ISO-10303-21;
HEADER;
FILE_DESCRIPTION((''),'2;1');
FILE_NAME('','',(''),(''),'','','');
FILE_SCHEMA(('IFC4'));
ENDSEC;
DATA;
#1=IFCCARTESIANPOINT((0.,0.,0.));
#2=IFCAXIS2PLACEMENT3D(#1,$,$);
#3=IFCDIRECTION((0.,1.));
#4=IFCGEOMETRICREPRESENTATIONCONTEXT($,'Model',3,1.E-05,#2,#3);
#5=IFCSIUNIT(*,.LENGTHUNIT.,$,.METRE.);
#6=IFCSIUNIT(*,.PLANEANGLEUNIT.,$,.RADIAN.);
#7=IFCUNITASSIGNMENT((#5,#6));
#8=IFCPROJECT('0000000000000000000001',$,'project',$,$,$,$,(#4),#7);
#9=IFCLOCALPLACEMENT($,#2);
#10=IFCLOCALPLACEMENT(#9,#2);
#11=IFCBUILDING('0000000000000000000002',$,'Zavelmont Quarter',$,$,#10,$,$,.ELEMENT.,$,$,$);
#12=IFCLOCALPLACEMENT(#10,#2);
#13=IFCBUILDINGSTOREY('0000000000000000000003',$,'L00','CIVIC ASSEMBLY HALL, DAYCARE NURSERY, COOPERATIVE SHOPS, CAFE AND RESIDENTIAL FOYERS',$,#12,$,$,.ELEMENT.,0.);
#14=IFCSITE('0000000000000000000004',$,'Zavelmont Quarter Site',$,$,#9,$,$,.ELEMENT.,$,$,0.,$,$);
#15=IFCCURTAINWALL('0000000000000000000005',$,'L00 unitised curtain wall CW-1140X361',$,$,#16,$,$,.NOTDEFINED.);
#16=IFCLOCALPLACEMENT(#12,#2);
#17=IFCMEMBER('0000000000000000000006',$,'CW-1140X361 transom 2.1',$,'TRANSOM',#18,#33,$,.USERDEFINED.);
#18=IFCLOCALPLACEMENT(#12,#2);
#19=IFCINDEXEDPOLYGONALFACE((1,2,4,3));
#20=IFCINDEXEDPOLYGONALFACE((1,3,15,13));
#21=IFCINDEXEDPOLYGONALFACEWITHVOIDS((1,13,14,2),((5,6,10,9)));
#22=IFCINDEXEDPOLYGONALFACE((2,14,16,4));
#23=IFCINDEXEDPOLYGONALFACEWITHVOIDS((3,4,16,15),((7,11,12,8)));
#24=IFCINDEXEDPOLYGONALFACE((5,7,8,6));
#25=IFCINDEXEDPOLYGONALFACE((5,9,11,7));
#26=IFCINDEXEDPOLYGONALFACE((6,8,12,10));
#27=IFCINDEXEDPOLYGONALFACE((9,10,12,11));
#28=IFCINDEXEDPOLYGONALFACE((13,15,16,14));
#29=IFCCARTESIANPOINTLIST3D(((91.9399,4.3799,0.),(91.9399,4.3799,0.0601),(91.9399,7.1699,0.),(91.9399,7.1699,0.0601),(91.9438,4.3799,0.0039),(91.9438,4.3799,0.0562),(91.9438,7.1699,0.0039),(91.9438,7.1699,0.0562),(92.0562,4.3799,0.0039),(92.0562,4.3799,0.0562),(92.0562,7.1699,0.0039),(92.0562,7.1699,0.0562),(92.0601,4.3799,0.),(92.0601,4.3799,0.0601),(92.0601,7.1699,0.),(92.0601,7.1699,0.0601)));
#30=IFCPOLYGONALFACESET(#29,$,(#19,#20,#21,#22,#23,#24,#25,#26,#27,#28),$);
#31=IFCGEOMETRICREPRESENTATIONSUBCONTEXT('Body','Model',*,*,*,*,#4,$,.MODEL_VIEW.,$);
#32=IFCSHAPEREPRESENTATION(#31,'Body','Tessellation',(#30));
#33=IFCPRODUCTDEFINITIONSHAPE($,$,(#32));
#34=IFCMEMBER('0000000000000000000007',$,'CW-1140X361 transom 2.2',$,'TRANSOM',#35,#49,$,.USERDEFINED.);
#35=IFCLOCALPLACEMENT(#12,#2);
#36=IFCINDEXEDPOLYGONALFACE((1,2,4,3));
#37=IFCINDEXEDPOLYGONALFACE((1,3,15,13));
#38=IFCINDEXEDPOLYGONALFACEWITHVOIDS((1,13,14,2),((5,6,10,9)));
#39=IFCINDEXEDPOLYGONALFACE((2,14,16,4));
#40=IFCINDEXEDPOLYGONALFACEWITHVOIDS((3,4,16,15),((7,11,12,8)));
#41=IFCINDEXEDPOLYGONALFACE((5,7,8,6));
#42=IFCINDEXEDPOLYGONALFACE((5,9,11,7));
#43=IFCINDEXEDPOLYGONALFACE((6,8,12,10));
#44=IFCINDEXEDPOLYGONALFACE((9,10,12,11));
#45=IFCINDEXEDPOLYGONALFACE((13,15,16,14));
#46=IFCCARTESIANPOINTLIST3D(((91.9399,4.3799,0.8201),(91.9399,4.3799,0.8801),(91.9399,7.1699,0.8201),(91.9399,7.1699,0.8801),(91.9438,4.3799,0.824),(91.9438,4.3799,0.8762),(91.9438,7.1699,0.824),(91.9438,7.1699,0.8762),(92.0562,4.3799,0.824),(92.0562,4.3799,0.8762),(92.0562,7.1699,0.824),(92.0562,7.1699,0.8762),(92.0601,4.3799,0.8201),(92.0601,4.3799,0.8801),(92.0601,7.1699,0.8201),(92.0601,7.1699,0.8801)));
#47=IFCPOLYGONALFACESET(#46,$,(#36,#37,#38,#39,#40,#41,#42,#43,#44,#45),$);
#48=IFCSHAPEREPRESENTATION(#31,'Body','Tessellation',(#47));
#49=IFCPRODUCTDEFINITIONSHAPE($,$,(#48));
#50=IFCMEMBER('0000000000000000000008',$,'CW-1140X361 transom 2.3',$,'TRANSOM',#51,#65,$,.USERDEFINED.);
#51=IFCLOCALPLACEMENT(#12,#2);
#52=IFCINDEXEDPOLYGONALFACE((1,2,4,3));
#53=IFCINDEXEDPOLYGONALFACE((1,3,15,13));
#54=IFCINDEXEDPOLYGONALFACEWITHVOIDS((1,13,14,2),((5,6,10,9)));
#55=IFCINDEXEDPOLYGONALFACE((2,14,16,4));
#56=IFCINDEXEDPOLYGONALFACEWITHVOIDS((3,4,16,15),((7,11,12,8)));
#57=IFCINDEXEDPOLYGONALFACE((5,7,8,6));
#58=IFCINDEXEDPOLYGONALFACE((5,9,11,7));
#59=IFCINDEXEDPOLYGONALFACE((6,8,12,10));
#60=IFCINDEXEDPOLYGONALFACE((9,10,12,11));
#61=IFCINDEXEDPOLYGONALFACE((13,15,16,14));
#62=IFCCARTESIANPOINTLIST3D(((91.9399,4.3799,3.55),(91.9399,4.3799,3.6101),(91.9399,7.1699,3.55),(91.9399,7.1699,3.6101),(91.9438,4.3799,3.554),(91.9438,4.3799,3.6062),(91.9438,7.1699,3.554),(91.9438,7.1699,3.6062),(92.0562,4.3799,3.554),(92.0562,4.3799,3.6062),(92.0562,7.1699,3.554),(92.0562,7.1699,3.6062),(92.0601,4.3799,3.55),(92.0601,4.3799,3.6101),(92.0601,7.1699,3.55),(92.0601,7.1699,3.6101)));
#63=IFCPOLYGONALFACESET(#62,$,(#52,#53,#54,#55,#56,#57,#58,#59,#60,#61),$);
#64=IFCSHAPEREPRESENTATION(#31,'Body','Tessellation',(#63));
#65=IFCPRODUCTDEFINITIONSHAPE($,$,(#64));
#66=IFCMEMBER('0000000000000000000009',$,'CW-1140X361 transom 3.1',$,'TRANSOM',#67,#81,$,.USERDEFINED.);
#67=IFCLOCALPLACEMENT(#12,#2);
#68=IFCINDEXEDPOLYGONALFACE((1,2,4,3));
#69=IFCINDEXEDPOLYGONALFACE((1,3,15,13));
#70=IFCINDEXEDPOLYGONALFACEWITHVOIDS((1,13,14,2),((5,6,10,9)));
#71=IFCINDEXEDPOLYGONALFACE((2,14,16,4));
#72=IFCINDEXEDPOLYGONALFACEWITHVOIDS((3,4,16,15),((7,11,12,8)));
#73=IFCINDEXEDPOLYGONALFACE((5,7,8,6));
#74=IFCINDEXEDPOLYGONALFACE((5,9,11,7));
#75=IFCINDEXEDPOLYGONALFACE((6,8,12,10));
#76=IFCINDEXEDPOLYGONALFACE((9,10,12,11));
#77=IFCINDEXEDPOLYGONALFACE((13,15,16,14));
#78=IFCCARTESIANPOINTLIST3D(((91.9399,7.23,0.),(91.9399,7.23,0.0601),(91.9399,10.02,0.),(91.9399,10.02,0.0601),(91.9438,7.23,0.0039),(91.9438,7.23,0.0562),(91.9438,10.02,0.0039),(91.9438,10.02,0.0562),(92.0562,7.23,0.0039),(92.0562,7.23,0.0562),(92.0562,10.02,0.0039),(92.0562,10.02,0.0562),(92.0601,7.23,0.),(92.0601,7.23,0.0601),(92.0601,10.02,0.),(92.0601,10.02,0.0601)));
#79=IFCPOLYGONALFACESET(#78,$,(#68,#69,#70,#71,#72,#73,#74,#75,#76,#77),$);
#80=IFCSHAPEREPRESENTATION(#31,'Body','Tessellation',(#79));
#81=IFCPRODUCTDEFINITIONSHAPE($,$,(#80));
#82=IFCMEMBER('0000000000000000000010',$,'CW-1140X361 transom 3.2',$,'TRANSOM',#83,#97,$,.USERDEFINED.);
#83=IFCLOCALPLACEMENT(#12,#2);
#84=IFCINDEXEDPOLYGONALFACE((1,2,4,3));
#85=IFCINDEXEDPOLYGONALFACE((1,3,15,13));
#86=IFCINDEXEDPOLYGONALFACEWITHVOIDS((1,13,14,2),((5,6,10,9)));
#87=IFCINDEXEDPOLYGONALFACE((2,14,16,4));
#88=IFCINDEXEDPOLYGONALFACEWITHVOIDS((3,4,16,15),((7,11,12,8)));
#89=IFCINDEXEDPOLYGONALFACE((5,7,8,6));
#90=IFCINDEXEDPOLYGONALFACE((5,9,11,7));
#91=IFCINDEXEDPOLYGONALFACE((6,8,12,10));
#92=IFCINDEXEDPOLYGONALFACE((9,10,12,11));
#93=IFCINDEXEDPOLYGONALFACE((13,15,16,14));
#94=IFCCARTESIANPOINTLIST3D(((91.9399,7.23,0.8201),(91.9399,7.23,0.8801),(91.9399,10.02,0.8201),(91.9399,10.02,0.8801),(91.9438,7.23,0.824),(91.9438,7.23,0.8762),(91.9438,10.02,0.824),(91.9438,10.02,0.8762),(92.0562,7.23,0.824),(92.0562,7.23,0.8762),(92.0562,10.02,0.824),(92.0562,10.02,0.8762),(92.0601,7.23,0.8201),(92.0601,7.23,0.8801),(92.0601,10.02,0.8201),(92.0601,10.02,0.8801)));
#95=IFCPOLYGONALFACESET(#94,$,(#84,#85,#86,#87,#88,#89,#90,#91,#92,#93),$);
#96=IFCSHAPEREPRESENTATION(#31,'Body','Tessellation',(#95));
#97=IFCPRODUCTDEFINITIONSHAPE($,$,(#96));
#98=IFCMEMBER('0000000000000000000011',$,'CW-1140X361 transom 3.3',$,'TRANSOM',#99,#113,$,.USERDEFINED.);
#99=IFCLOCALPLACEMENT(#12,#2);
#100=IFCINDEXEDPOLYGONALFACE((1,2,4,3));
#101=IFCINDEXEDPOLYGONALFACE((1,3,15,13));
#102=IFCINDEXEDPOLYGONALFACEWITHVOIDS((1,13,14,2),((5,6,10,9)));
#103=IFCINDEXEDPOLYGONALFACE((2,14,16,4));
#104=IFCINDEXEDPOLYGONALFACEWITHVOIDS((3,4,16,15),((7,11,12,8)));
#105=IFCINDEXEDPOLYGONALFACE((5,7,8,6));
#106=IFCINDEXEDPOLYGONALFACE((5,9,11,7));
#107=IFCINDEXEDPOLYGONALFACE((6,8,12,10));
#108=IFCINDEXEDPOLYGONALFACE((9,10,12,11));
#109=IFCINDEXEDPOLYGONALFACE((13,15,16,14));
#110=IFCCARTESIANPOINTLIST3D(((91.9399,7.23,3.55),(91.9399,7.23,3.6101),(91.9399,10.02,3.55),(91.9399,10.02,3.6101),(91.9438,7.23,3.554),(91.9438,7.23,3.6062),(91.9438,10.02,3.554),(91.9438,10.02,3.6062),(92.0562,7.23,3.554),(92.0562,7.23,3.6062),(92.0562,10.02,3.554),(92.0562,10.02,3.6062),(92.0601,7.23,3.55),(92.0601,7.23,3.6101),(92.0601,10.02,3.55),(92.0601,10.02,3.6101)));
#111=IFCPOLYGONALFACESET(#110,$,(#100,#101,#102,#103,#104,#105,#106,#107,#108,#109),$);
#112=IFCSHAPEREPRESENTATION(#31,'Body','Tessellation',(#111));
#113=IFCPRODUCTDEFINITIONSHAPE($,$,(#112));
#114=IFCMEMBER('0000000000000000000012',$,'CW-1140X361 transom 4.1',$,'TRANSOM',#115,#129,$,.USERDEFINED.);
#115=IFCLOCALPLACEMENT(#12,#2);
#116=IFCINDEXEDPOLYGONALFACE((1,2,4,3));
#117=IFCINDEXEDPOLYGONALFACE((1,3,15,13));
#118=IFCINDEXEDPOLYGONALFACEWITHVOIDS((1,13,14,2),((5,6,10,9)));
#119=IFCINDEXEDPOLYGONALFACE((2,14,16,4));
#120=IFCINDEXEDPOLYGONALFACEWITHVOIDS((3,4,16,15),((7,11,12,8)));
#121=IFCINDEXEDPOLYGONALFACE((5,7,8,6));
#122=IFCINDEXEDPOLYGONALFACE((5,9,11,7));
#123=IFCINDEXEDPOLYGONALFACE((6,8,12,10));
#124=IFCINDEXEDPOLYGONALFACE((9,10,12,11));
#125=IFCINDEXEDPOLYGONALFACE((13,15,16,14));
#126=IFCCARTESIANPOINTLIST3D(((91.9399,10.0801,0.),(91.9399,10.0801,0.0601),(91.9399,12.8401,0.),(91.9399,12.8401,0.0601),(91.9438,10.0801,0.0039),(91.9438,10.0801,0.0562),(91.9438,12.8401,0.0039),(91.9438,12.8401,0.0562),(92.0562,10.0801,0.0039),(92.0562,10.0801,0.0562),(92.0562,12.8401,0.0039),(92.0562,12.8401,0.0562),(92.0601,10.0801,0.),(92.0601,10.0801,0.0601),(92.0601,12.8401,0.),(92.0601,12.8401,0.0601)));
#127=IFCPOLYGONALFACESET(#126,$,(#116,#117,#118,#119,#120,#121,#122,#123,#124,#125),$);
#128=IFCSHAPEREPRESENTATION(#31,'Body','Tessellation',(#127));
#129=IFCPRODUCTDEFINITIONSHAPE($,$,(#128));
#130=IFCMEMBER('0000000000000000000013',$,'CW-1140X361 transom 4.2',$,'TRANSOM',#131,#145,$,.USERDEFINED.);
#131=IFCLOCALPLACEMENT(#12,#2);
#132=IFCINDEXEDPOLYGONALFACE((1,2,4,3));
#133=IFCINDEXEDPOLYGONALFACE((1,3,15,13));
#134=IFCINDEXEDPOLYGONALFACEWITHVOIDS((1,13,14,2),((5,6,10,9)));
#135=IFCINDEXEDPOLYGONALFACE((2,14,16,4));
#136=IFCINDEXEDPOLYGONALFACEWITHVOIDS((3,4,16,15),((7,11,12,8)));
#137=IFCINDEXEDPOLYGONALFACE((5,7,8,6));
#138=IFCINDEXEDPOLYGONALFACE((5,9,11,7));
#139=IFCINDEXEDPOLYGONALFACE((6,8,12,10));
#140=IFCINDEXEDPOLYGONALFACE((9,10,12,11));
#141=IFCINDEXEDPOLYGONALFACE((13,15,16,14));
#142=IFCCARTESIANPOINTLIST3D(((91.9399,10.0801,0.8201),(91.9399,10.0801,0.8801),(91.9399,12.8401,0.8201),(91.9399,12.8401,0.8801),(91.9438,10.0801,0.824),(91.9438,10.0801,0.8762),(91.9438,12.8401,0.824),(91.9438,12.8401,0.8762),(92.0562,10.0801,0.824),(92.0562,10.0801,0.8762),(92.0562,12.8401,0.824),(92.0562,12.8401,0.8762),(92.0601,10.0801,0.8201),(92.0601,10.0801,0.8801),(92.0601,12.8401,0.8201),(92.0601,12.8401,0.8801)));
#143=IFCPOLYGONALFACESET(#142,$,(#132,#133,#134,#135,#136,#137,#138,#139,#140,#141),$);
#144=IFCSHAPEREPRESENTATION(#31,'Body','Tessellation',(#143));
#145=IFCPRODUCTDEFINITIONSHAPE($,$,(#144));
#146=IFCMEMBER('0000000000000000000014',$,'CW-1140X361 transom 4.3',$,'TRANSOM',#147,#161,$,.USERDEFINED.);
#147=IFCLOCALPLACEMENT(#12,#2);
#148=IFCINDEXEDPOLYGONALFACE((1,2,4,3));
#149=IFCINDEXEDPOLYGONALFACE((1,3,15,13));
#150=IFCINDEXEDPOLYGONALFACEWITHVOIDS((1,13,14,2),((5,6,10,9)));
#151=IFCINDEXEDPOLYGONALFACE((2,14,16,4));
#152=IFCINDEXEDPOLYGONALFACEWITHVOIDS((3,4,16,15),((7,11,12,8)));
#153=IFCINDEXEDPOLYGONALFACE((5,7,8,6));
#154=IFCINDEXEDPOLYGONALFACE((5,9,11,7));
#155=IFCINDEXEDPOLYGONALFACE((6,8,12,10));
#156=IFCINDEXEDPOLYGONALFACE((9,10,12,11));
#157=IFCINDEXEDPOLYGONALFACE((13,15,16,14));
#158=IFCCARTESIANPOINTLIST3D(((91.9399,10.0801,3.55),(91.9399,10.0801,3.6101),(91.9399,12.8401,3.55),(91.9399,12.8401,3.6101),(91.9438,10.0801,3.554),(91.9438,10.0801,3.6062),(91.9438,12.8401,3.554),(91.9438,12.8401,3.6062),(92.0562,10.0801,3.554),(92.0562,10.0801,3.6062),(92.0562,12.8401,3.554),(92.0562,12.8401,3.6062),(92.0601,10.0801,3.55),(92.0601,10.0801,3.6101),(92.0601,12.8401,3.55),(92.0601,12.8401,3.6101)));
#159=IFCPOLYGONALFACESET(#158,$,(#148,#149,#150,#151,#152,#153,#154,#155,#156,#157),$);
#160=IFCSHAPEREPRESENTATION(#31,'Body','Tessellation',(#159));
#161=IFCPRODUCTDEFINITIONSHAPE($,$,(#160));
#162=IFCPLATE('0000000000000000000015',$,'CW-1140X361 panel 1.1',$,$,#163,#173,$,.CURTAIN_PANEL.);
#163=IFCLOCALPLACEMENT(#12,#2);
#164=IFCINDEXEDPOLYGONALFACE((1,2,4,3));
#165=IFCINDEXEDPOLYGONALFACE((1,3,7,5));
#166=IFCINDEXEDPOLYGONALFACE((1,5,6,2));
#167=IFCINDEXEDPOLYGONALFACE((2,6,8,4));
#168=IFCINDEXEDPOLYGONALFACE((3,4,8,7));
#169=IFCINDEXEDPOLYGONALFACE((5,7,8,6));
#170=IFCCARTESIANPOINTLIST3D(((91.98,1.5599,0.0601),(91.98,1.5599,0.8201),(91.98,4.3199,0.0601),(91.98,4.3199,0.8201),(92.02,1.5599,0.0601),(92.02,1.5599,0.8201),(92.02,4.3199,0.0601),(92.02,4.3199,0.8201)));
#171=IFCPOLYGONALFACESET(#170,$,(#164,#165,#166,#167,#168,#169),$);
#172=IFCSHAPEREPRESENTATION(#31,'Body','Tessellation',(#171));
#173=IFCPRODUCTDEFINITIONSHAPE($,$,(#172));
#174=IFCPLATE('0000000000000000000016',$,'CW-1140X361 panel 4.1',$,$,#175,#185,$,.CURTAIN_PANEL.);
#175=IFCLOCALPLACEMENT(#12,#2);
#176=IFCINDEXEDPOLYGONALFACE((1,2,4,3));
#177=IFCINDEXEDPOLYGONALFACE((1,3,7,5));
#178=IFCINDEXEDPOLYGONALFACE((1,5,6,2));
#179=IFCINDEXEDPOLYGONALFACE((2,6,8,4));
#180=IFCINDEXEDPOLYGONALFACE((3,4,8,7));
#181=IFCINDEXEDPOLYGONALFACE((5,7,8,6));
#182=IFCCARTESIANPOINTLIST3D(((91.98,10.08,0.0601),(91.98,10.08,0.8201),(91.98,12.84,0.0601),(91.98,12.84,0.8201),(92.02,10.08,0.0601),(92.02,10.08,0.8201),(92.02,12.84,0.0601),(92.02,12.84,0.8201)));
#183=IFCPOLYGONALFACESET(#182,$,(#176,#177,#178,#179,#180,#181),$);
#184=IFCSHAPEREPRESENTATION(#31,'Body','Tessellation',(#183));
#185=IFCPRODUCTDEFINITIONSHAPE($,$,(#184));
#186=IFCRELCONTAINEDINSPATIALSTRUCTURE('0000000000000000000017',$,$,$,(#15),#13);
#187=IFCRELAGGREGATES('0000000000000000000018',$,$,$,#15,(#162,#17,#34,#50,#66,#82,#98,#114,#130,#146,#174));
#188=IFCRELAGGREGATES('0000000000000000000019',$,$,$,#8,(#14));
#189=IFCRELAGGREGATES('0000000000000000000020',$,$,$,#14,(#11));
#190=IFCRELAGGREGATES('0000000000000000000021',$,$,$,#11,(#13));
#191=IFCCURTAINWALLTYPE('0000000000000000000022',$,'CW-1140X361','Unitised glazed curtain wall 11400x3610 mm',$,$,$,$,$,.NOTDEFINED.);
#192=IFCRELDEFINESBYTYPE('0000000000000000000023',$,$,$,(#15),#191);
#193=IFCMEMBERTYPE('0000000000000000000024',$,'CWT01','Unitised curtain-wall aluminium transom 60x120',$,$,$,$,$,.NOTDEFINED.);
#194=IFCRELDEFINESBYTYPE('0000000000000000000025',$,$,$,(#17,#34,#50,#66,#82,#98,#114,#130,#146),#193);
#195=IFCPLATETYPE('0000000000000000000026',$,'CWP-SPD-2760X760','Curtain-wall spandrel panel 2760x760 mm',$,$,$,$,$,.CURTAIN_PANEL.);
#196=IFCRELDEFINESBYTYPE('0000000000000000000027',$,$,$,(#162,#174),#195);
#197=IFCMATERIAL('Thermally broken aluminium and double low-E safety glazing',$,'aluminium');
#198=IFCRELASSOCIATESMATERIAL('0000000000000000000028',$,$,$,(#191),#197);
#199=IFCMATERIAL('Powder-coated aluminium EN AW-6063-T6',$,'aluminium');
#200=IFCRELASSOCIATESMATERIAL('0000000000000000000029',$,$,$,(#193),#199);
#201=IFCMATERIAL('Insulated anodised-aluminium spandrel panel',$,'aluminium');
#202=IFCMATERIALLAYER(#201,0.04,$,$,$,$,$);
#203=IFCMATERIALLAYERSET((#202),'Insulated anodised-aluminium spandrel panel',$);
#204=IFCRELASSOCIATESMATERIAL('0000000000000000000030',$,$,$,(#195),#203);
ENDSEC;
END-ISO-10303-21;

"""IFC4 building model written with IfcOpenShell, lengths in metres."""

from ifc_helpers import new_model, si_unit, direction, frame, origin, origin_2d, place, context, subcontext, project, spatial, rectangle, hollow_rectangle, extrude, material, layer, layer_set, material_profile, profile_set, type_object, element, aggregate, save


model = new_model("IFC4")

# Units and contexts
model_context = context("Model", 3, precision=1e-05, world=origin(), true_north=direction((0.0, 1.0)))
body_context = subcontext(model_context, "Body", "Model", "MODEL_VIEW")
ifc_project = project(units=[si_unit("LENGTHUNIT", "METRE"), si_unit("PLANEANGLEUNIT", "RADIAN")], contexts=[model_context])

# Site, building, storey
site_placement = place(None, origin())
site = spatial("IfcSite", under=ifc_project, at=site_placement, Name="Zavelmont Quarter Site", CompositionType="ELEMENT", RefElevation=0.0)
building_placement = place(site_placement, origin())
building = spatial("IfcBuilding", under=site, at=building_placement, Name="Zavelmont Quarter", CompositionType="ELEMENT")
storey_placement = place(building_placement, origin())
storey = spatial("IfcBuildingStorey", under=building, at=storey_placement, Name="L00", Description="CIVIC ASSEMBLY HALL, DAYCARE NURSERY, COOPERATIVE SHOPS, CAFE AND RESIDENTIAL FOYERS", CompositionType="ELEMENT", Elevation=0.0)

# Shared definitions
ifc_material_1 = material(Name="Thermally broken aluminium and double low-E safety glazing", Category="aluminium")
ifc_material_2 = material(Name="Powder-coated aluminium EN AW-6063-T6", Category="aluminium")

# Curtain wall, members, plates
curtain_wall_type_1 = type_object("IfcCurtainWallType", Name="CW-1140X361", Description="Unitised glazed curtain wall 11400x3610 mm", PredefinedType="NOTDEFINED", material=ifc_material_1)
curtain_wall_1_placement = place(storey_placement, origin())
curtain_wall_1 = element("IfcCurtainWall", 1, at=curtain_wall_1_placement, inside=storey, type_object=curtain_wall_type_1, Name="L00 unitised curtain wall CW-1140X361", PredefinedType="NOTDEFINED")
ifc_material_profile_1 = material_profile(ifc_material_2, hollow_rectangle(XDim=0.1201, YDim=0.0601, WallThickness=0.0039, at=origin_2d()), Name="CWT60X120")
ifc_profile_set_1 = profile_set([ifc_material_profile_1], Name="Powder-coated aluminium EN AW-6063-T6")
member_type_1 = type_object("IfcMemberType", Name="CWT01", Description="Unitised curtain-wall aluminium transom 60x120", PredefinedType="NOTDEFINED", material=ifc_profile_set_1)
member_1_placement = place(storey_placement, frame((92.0, 4.3799, 0.03), z_axis=(0.0, 1.0, 0.0), x_axis=(-1.0, 0.0, 0.0)))
member_1 = element("IfcMember", 2, at=member_1_placement, type_object=member_type_1, Name="CW-1140X361 transom 2.1", ObjectType="TRANSOM", PredefinedType="USERDEFINED", context=body_context, shape_type="SweptSolid", body=[
    extrude(hollow_rectangle(XDim=0.1201, YDim=0.0601, WallThickness=0.0039, at=origin_2d()), origin(), (0.0, 0.0, 1.0), 2.79),
])
member_2_placement = place(storey_placement, frame((92.0, 4.3799, 0.8501), z_axis=(0.0, 1.0, 0.0), x_axis=(-1.0, 0.0, 0.0)))
member_2 = element("IfcMember", 3, at=member_2_placement, type_object=member_type_1, Name="CW-1140X361 transom 2.2", ObjectType="TRANSOM", PredefinedType="USERDEFINED", context=body_context, shape_type="SweptSolid", body=[
    extrude(hollow_rectangle(XDim=0.1201, YDim=0.0601, WallThickness=0.0039, at=origin_2d()), origin(), (0.0, 0.0, 1.0), 2.79),
])
member_3_placement = place(storey_placement, frame((92.0, 4.3799, 3.5801), z_axis=(0.0, 1.0, 0.0), x_axis=(-1.0, 0.0, 0.0)))
member_3 = element("IfcMember", 4, at=member_3_placement, type_object=member_type_1, Name="CW-1140X361 transom 2.3", ObjectType="TRANSOM", PredefinedType="USERDEFINED", context=body_context, shape_type="SweptSolid", body=[
    extrude(hollow_rectangle(XDim=0.1201, YDim=0.0601, WallThickness=0.0039, at=origin_2d()), origin(), (0.0, 0.0, 1.0), 2.79),
])
member_4_placement = place(storey_placement, frame((92.0, 7.23, 0.03), z_axis=(0.0, 1.0, 0.0), x_axis=(-1.0, 0.0, 0.0)))
member_4 = element("IfcMember", 5, at=member_4_placement, type_object=member_type_1, Name="CW-1140X361 transom 3.1", ObjectType="TRANSOM", PredefinedType="USERDEFINED", context=body_context, shape_type="SweptSolid", body=[
    extrude(hollow_rectangle(XDim=0.1201, YDim=0.0601, WallThickness=0.0039, at=origin_2d()), origin(), (0.0, 0.0, 1.0), 2.79),
])
member_5_placement = place(storey_placement, frame((92.0, 7.23, 0.8501), z_axis=(0.0, 1.0, 0.0), x_axis=(-1.0, 0.0, 0.0)))
member_5 = element("IfcMember", 6, at=member_5_placement, type_object=member_type_1, Name="CW-1140X361 transom 3.2", ObjectType="TRANSOM", PredefinedType="USERDEFINED", context=body_context, shape_type="SweptSolid", body=[
    extrude(hollow_rectangle(XDim=0.1201, YDim=0.0601, WallThickness=0.0039, at=origin_2d()), origin(), (0.0, 0.0, 1.0), 2.79),
])
member_6_placement = place(storey_placement, frame((92.0, 7.23, 3.5801), z_axis=(0.0, 1.0, 0.0), x_axis=(-1.0, 0.0, 0.0)))
member_6 = element("IfcMember", 7, at=member_6_placement, type_object=member_type_1, Name="CW-1140X361 transom 3.3", ObjectType="TRANSOM", PredefinedType="USERDEFINED", context=body_context, shape_type="SweptSolid", body=[
    extrude(hollow_rectangle(XDim=0.1201, YDim=0.0601, WallThickness=0.0039, at=origin_2d()), origin(), (0.0, 0.0, 1.0), 2.79),
])
member_7_placement = place(storey_placement, frame((92.0, 10.0801, 0.03), z_axis=(0.0, 1.0, 0.0), x_axis=(-1.0, 0.0, 0.0)))
member_7 = element("IfcMember", 8, at=member_7_placement, type_object=member_type_1, Name="CW-1140X361 transom 4.1", ObjectType="TRANSOM", PredefinedType="USERDEFINED", context=body_context, shape_type="SweptSolid", body=[
    extrude(hollow_rectangle(XDim=0.1201, YDim=0.0601, WallThickness=0.0039, at=origin_2d()), origin(), (0.0, 0.0, 1.0), 2.76),
])
member_8_placement = place(storey_placement, frame((92.0, 10.0801, 0.8501), z_axis=(0.0, 1.0, 0.0), x_axis=(-1.0, 0.0, 0.0)))
member_8 = element("IfcMember", 9, at=member_8_placement, type_object=member_type_1, Name="CW-1140X361 transom 4.2", ObjectType="TRANSOM", PredefinedType="USERDEFINED", context=body_context, shape_type="SweptSolid", body=[
    extrude(hollow_rectangle(XDim=0.1201, YDim=0.0601, WallThickness=0.0039, at=origin_2d()), origin(), (0.0, 0.0, 1.0), 2.76),
])
member_9_placement = place(storey_placement, frame((92.0, 10.0801, 3.5801), z_axis=(0.0, 1.0, 0.0), x_axis=(-1.0, 0.0, 0.0)))
member_9 = element("IfcMember", 10, at=member_9_placement, type_object=member_type_1, Name="CW-1140X361 transom 4.3", ObjectType="TRANSOM", PredefinedType="USERDEFINED", context=body_context, shape_type="SweptSolid", body=[
    extrude(hollow_rectangle(XDim=0.1201, YDim=0.0601, WallThickness=0.0039, at=origin_2d()), origin(), (0.0, 0.0, 1.0), 2.76),
])
ifc_material_3 = material(Name="Insulated anodised-aluminium spandrel panel", Category="aluminium")
ifc_layer_1 = layer(ifc_material_3, 0.04)
ifc_layer_set_1 = layer_set([ifc_layer_1], Name="Insulated anodised-aluminium spandrel panel")
plate_type_1 = type_object("IfcPlateType", Name="CWP-SPD-2760X760", Description="Curtain-wall spandrel panel 2760x760 mm", PredefinedType="CURTAIN_PANEL", material=ifc_layer_set_1)
plate_1_placement = place(storey_placement, frame((92.0, 2.9399, 0.0601), z_axis=(0.0, 0.0, 1.0), x_axis=(0.0, 1.0, 0.0)))
plate_1 = element("IfcPlate", 11, at=plate_1_placement, type_object=plate_type_1, Name="CW-1140X361 panel 1.1", PredefinedType="CURTAIN_PANEL", context=body_context, shape_type="SweptSolid", body=[
    extrude(rectangle(XDim=2.76, YDim=0.04, at=origin_2d()), origin(), (0.0, 0.0, 1.0), 0.76),
])
plate_2_placement = place(storey_placement, frame((92.0, 11.46, 0.0601), z_axis=(0.0, 0.0, 1.0), x_axis=(0.0, 1.0, 0.0)))
plate_2 = element("IfcPlate", 12, at=plate_2_placement, type_object=plate_type_1, Name="CW-1140X361 panel 4.1", PredefinedType="CURTAIN_PANEL", context=body_context, shape_type="SweptSolid", body=[
    extrude(rectangle(XDim=2.76, YDim=0.04, at=origin_2d()), origin(), (0.0, 0.0, 1.0), 0.76),
])
aggregate(curtain_wall_1, [plate_1, member_1, member_2, member_3, member_4, member_5, member_6, member_7, member_8, member_9, plate_2])

save(model, "model.ifc")
